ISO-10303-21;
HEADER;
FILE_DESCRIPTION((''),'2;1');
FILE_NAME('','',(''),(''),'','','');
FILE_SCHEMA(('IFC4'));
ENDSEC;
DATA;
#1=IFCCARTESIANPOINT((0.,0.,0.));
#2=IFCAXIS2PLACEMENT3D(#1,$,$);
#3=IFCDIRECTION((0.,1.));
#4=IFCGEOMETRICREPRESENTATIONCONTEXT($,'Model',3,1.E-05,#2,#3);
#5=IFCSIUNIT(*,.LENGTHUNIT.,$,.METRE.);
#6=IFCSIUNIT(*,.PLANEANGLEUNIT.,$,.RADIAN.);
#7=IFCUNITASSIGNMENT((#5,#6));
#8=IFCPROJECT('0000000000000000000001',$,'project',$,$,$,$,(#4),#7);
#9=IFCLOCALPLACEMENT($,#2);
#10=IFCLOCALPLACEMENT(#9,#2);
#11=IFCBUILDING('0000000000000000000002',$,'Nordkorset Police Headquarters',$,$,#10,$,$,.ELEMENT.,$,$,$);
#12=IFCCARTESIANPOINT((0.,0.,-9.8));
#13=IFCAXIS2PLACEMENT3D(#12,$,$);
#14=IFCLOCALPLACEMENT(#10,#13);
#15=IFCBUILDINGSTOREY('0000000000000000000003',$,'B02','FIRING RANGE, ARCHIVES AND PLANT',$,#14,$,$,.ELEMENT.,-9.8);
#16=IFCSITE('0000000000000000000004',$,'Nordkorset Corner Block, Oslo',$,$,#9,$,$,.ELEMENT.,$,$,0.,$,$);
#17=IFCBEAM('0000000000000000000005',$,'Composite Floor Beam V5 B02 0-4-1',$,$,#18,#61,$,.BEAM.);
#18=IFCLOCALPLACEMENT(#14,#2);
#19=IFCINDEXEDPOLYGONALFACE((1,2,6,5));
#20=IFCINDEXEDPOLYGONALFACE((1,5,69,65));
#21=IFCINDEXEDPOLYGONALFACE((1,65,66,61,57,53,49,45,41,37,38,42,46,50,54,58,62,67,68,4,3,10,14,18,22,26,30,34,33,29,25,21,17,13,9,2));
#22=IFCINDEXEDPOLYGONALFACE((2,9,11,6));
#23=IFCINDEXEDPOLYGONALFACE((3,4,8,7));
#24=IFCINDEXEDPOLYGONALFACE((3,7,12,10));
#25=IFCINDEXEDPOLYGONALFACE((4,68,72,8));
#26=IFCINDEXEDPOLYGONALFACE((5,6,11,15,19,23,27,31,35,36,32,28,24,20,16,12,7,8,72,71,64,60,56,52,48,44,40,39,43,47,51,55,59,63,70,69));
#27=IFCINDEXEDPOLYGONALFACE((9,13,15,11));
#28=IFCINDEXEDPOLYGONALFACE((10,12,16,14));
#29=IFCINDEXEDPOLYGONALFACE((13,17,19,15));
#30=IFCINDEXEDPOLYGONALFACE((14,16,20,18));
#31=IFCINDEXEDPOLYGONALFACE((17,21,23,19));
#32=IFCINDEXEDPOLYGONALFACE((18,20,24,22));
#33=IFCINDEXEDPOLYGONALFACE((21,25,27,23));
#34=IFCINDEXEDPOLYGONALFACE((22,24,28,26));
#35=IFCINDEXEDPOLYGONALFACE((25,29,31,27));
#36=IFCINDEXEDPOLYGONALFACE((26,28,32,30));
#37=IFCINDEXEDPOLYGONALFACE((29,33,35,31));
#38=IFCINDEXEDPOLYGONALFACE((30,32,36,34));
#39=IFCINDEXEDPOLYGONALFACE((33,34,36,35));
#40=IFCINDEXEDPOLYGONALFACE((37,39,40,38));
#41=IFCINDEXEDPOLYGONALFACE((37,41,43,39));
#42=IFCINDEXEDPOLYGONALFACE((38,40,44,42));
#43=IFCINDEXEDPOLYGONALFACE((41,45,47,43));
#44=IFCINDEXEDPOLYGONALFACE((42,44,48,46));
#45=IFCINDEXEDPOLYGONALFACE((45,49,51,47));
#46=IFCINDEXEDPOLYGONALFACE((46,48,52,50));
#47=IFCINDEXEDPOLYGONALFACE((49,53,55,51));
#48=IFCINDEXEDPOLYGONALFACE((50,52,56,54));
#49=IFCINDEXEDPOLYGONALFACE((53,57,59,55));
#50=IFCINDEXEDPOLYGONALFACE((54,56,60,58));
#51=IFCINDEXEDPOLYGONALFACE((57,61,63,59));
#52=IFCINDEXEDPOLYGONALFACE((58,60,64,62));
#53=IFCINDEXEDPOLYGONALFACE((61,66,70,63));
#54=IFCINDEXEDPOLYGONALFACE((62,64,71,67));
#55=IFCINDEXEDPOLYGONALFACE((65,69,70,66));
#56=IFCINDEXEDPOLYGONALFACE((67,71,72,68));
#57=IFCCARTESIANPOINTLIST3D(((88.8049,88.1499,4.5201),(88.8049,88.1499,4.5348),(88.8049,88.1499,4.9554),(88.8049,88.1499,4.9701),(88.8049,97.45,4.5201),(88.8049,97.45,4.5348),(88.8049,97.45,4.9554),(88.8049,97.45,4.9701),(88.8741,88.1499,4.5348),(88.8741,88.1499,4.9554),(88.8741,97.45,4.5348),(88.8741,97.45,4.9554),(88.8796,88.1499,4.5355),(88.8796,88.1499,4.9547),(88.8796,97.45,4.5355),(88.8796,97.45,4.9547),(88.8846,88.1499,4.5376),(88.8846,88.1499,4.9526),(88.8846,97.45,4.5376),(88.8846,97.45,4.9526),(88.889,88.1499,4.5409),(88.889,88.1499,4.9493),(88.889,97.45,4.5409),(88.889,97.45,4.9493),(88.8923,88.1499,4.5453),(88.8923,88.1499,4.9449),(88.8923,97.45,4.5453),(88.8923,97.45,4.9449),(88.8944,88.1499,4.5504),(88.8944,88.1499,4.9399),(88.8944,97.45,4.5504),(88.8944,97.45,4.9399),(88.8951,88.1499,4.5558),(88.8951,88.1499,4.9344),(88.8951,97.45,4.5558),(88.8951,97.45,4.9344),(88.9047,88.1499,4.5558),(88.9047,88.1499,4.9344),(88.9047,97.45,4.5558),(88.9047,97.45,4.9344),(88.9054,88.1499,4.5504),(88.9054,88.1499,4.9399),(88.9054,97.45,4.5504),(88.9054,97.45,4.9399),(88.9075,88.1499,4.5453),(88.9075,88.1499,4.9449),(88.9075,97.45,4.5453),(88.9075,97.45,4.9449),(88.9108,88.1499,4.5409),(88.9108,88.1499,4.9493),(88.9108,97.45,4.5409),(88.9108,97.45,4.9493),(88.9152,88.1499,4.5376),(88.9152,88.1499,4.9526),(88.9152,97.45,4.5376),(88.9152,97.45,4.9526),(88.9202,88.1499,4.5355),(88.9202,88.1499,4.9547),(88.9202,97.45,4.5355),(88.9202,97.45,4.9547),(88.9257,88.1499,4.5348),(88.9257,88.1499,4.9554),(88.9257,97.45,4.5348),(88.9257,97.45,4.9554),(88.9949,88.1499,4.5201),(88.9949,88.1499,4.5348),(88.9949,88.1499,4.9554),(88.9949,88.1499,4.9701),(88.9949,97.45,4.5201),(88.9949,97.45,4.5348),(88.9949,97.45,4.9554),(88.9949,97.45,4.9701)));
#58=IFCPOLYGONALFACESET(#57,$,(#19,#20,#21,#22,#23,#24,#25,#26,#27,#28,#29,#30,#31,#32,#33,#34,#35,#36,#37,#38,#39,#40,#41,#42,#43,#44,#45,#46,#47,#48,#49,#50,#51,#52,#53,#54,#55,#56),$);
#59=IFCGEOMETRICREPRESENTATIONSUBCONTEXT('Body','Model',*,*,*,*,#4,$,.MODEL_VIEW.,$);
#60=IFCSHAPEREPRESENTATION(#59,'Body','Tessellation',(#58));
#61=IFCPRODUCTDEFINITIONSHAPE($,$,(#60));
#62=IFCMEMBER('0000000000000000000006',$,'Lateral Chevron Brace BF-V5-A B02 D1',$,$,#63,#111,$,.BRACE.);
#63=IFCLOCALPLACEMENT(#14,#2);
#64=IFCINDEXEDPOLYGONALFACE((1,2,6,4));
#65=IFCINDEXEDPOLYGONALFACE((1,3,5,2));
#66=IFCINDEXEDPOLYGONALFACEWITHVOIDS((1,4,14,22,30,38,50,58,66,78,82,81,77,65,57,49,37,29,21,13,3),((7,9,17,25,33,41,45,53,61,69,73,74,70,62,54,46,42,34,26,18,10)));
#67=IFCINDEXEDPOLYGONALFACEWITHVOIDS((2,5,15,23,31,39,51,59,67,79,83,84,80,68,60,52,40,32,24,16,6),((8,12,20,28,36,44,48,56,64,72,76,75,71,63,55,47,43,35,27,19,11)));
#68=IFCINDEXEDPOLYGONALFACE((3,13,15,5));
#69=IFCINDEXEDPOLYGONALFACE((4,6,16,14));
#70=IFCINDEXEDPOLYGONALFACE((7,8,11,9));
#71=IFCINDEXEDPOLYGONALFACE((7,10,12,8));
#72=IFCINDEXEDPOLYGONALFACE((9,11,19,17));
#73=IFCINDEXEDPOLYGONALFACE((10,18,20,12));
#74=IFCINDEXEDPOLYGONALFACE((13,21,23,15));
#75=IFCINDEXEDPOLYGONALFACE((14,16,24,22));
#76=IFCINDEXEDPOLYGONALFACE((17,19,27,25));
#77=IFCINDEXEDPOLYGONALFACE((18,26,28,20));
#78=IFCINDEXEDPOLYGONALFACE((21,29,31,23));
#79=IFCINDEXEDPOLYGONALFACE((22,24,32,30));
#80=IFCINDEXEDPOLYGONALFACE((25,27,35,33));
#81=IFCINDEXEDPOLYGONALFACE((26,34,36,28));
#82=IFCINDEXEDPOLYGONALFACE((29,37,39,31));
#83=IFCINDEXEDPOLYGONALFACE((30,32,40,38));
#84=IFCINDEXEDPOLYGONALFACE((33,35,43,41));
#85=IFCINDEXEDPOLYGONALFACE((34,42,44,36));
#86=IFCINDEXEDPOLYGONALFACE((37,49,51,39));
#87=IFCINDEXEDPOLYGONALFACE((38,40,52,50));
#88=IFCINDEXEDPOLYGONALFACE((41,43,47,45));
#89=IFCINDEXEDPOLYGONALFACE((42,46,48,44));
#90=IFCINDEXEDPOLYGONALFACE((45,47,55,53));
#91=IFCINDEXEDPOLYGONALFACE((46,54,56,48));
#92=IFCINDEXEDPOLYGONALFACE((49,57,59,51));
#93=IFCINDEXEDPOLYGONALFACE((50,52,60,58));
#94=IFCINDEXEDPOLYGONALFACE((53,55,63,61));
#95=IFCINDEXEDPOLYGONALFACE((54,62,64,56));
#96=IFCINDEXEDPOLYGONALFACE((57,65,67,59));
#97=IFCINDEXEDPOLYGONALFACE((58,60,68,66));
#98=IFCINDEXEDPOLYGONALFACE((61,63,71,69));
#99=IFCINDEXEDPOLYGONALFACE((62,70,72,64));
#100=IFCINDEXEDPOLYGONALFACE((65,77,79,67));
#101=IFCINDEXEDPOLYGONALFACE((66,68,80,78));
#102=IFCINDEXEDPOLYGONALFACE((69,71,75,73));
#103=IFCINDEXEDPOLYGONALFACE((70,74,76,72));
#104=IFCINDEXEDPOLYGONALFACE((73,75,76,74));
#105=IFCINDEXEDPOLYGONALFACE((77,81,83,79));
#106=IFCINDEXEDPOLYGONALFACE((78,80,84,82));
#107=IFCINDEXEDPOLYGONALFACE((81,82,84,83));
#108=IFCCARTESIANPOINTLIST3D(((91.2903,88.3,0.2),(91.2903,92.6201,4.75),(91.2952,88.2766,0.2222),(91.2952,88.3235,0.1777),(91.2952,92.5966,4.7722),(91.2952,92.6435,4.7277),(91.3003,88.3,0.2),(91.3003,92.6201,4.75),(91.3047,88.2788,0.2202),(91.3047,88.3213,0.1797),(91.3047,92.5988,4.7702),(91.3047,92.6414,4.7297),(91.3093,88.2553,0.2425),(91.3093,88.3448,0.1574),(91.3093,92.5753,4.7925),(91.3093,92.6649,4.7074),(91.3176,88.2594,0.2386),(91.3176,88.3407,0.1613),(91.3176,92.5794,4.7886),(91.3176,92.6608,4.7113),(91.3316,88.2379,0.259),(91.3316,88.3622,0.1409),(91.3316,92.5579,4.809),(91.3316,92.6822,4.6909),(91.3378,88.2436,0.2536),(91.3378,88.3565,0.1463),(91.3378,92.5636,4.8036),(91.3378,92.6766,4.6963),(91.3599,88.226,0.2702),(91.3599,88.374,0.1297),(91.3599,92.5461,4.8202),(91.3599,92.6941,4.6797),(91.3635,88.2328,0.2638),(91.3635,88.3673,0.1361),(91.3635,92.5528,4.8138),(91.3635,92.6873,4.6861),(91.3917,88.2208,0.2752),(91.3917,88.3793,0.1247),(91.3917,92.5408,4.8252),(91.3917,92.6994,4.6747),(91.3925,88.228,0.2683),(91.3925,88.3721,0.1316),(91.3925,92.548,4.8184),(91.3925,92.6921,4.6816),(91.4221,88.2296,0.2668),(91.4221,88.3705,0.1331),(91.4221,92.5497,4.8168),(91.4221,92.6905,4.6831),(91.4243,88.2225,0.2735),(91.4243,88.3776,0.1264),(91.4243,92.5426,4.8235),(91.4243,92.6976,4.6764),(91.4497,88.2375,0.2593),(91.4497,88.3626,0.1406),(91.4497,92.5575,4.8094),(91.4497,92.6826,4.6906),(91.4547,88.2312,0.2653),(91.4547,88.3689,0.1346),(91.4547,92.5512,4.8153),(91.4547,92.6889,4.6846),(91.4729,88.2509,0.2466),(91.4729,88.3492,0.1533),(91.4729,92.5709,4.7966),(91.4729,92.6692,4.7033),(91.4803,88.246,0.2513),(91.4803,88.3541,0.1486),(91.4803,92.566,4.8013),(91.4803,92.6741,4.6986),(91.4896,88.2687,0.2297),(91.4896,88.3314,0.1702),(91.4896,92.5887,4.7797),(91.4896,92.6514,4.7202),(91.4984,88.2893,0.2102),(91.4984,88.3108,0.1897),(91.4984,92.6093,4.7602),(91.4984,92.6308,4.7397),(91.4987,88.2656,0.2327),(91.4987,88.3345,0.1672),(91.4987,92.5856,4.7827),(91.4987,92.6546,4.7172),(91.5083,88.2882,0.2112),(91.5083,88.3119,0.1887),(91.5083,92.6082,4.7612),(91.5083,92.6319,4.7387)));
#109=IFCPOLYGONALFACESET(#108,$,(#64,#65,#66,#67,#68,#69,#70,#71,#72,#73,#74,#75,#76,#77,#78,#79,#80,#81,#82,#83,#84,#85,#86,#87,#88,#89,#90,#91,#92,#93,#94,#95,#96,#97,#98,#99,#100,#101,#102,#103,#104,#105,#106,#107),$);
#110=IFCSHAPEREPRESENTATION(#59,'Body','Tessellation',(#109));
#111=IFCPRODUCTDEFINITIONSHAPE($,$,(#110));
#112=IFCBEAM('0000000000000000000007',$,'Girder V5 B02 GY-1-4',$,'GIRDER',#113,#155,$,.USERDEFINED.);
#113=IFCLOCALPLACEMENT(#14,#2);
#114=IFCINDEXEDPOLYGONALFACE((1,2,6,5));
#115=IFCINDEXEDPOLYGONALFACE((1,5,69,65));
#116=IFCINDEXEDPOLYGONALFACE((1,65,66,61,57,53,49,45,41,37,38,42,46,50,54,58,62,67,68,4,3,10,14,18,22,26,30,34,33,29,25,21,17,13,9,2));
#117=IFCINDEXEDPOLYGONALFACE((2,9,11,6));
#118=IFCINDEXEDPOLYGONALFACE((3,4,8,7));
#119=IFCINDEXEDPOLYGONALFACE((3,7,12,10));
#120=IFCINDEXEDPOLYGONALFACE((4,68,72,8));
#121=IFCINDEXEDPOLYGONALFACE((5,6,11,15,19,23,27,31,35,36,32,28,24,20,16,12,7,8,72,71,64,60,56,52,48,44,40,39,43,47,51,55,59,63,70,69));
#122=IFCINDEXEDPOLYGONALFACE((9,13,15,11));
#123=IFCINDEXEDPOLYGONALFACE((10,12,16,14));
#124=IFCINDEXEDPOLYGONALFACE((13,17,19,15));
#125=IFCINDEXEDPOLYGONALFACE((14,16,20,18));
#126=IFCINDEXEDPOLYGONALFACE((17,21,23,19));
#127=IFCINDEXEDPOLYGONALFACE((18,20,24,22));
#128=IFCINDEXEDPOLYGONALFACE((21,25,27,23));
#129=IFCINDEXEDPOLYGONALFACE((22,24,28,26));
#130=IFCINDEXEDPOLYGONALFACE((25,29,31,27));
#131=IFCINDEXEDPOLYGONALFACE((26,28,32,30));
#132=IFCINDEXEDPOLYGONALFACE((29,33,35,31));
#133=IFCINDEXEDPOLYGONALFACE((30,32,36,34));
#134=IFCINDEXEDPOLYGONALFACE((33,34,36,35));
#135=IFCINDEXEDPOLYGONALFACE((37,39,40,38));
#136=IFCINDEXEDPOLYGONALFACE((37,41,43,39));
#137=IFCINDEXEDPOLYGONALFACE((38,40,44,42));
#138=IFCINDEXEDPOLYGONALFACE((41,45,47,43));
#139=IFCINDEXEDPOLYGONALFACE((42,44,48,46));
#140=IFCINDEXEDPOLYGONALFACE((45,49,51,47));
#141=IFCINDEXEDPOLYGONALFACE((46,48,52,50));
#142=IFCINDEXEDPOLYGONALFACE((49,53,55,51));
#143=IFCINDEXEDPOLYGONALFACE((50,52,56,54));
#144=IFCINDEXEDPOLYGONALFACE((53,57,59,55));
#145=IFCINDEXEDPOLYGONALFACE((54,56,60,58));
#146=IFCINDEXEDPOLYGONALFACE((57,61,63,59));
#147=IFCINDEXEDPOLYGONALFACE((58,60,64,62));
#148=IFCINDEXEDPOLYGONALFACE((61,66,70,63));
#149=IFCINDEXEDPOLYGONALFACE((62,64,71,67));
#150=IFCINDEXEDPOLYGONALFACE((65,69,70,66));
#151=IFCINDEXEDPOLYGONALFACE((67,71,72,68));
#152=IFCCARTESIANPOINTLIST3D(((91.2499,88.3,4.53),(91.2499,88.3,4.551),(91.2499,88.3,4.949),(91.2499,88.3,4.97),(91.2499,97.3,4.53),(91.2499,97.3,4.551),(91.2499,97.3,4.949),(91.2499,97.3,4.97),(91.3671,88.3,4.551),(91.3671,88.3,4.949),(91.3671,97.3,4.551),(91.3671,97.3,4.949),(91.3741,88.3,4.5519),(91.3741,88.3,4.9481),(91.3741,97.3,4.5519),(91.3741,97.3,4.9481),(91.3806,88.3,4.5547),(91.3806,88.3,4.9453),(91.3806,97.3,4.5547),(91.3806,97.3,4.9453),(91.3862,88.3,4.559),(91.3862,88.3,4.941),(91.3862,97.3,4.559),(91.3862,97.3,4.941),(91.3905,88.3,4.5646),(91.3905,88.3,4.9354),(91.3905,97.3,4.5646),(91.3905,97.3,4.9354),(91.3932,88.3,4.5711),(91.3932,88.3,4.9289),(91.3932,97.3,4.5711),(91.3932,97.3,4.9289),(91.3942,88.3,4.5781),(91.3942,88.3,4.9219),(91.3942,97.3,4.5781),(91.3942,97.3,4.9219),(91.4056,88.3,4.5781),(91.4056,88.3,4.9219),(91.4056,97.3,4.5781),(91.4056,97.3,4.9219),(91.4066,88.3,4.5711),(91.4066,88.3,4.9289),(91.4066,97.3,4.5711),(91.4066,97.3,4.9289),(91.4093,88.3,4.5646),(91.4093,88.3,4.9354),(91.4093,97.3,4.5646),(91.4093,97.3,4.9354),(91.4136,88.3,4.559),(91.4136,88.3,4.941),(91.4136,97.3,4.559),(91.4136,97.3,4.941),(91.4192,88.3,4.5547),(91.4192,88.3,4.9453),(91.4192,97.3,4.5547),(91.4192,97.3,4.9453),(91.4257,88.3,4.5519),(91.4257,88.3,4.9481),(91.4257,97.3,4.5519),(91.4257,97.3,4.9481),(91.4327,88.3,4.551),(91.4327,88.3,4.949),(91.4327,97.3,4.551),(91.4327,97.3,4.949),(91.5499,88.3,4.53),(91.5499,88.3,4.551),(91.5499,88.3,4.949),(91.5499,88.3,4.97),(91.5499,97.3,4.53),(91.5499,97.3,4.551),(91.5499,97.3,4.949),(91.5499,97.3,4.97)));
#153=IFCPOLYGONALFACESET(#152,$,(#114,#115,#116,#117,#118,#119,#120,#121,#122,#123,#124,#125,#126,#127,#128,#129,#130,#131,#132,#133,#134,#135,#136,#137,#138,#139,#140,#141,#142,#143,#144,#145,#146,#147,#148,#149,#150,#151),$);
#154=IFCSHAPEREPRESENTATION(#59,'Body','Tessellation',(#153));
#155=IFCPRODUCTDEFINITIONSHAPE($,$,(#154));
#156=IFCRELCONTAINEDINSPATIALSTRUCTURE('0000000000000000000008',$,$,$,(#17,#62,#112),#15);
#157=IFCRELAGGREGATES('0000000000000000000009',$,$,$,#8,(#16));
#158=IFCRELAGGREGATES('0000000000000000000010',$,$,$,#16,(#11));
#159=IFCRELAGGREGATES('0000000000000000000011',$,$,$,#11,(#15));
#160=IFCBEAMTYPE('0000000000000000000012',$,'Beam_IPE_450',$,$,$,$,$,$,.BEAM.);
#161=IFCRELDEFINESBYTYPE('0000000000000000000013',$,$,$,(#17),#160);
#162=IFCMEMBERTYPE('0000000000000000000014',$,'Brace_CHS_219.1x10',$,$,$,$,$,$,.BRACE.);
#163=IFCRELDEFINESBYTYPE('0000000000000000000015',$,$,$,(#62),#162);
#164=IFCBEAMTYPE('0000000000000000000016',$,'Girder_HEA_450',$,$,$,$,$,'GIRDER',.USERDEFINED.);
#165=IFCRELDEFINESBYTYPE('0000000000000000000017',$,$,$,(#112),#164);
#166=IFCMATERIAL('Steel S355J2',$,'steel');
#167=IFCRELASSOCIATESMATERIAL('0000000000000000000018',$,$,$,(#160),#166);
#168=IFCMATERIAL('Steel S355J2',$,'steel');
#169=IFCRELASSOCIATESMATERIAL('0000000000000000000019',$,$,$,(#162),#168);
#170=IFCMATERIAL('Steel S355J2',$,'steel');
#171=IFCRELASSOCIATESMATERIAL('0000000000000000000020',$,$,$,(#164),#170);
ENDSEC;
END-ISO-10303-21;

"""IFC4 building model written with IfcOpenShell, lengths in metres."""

from ifc_helpers import new_model, si_unit, direction, frame, origin, origin_2d, place, context, subcontext, project, spatial, hollow_circle, i_section, extrude, material, material_profile, profile_set, type_object, element, save


model = new_model("IFC4")

# Units and contexts
model_context = context("Model", 3, precision=1e-05, world=origin(), true_north=direction((0.0, 1.0)))
body_context = subcontext(model_context, "Body", "Model", "MODEL_VIEW")
ifc_project = project(units=[si_unit("LENGTHUNIT", "METRE"), si_unit("PLANEANGLEUNIT", "RADIAN")], contexts=[model_context])

# Site, building, storey
site_placement = place(None, origin())
site = spatial("IfcSite", under=ifc_project, at=site_placement, Name="Nordkorset Corner Block, Oslo", CompositionType="ELEMENT", RefElevation=0.0)
building_placement = place(site_placement, origin())
building = spatial("IfcBuilding", under=site, at=building_placement, Name="Nordkorset Police Headquarters", CompositionType="ELEMENT")
storey_placement = place(building_placement, frame((0.0, 0.0, -9.8)))
storey = spatial("IfcBuildingStorey", under=building, at=storey_placement, Name="B02", Description="FIRING RANGE, ARCHIVES AND PLANT", CompositionType="ELEMENT", Elevation=-9.8)

# Beam
ifc_material_1 = material(Name="Steel S355J2", Category="steel")
ifc_material_profile_1 = material_profile(ifc_material_1, i_section(OverallWidth=0.1899, OverallDepth=0.45, WebThickness=0.0095, FlangeThickness=0.0146, FilletRadius=0.021, at=origin_2d()), Name="IPE 450")
ifc_profile_set_1 = profile_set([ifc_material_profile_1], Name="Steel S355J2")
beam_type_1 = type_object("IfcBeamType", Name="Beam_IPE_450", PredefinedType="BEAM", material=ifc_profile_set_1)
beam_1_placement = place(storey_placement, frame((88.8999, 88.1499, 4.7451), z_axis=(0.0, 1.0, 0.0), x_axis=(-1.0, 0.0, 0.0)))
element("IfcBeam", 1, at=beam_1_placement, inside=storey, type_object=beam_type_1, Name="Composite Floor Beam V5 B02 0-4-1", PredefinedType="BEAM", context=body_context, shape_type="SweptSolid", body=[
    extrude(i_section(OverallWidth=0.1899, OverallDepth=0.45, WebThickness=0.0095, FlangeThickness=0.0146, FilletRadius=0.021, at=origin_2d()), origin(), (0.0, 0.0, 1.0), 9.3),
])

# Member
ifc_material_2 = material(Name="Steel S355J2", Category="steel")
ifc_material_profile_2 = material_profile(ifc_material_2, hollow_circle(Radius=0.1096, WallThickness=0.01, at=origin_2d()), Name="CHS 219.1x10")
ifc_profile_set_2 = profile_set([ifc_material_profile_2], Name="Steel S355J2")
member_type = type_object("IfcMemberType", Name="Brace_CHS_219.1x10", PredefinedType="BRACE", material=ifc_profile_set_2)
member_placement = place(storey_placement, frame((91.3999, 88.3, 0.2), z_axis=(0.0, 0.688542, 0.725197), x_axis=(-1.0, 0.0, 0.0)))
element("IfcMember", 2, at=member_placement, inside=storey, type_object=member_type, Name="Lateral Chevron Brace BF-V5-A B02 D1", PredefinedType="BRACE", context=body_context, shape_type="SweptSolid", body=[
    extrude(hollow_circle(Radius=0.1096, WallThickness=0.01, at=origin_2d()), origin(), (0.0, 0.0, 1.0), 6.2742),
])

# Beam
ifc_material_3 = material(Name="Steel S355J2", Category="steel")
ifc_material_profile_3 = material_profile(ifc_material_3, i_section(OverallWidth=0.3, OverallDepth=0.4399, WebThickness=0.0115, FlangeThickness=0.021, FilletRadius=0.0271, at=origin_2d()), Name="HEA 450")
ifc_profile_set_3 = profile_set([ifc_material_profile_3], Name="Steel S355J2")
beam_type_2 = type_object("IfcBeamType", Name="Girder_HEA_450", ElementType="GIRDER", PredefinedType="USERDEFINED", material=ifc_profile_set_3)
beam_2_placement = place(storey_placement, frame((91.3999, 88.3, 4.75), z_axis=(0.0, 1.0, 0.0), x_axis=(-1.0, 0.0, 0.0)))
element("IfcBeam", 3, at=beam_2_placement, inside=storey, type_object=beam_type_2, Name="Girder V5 B02 GY-1-4", ObjectType="GIRDER", PredefinedType="USERDEFINED", context=body_context, shape_type="SweptSolid", body=[
    extrude(i_section(OverallWidth=0.3, OverallDepth=0.4399, WebThickness=0.0115, FlangeThickness=0.021, FilletRadius=0.0271, at=origin_2d()), origin(), (0.0, 0.0, 1.0), 9.0),
])

save(model, "model.ifc")
